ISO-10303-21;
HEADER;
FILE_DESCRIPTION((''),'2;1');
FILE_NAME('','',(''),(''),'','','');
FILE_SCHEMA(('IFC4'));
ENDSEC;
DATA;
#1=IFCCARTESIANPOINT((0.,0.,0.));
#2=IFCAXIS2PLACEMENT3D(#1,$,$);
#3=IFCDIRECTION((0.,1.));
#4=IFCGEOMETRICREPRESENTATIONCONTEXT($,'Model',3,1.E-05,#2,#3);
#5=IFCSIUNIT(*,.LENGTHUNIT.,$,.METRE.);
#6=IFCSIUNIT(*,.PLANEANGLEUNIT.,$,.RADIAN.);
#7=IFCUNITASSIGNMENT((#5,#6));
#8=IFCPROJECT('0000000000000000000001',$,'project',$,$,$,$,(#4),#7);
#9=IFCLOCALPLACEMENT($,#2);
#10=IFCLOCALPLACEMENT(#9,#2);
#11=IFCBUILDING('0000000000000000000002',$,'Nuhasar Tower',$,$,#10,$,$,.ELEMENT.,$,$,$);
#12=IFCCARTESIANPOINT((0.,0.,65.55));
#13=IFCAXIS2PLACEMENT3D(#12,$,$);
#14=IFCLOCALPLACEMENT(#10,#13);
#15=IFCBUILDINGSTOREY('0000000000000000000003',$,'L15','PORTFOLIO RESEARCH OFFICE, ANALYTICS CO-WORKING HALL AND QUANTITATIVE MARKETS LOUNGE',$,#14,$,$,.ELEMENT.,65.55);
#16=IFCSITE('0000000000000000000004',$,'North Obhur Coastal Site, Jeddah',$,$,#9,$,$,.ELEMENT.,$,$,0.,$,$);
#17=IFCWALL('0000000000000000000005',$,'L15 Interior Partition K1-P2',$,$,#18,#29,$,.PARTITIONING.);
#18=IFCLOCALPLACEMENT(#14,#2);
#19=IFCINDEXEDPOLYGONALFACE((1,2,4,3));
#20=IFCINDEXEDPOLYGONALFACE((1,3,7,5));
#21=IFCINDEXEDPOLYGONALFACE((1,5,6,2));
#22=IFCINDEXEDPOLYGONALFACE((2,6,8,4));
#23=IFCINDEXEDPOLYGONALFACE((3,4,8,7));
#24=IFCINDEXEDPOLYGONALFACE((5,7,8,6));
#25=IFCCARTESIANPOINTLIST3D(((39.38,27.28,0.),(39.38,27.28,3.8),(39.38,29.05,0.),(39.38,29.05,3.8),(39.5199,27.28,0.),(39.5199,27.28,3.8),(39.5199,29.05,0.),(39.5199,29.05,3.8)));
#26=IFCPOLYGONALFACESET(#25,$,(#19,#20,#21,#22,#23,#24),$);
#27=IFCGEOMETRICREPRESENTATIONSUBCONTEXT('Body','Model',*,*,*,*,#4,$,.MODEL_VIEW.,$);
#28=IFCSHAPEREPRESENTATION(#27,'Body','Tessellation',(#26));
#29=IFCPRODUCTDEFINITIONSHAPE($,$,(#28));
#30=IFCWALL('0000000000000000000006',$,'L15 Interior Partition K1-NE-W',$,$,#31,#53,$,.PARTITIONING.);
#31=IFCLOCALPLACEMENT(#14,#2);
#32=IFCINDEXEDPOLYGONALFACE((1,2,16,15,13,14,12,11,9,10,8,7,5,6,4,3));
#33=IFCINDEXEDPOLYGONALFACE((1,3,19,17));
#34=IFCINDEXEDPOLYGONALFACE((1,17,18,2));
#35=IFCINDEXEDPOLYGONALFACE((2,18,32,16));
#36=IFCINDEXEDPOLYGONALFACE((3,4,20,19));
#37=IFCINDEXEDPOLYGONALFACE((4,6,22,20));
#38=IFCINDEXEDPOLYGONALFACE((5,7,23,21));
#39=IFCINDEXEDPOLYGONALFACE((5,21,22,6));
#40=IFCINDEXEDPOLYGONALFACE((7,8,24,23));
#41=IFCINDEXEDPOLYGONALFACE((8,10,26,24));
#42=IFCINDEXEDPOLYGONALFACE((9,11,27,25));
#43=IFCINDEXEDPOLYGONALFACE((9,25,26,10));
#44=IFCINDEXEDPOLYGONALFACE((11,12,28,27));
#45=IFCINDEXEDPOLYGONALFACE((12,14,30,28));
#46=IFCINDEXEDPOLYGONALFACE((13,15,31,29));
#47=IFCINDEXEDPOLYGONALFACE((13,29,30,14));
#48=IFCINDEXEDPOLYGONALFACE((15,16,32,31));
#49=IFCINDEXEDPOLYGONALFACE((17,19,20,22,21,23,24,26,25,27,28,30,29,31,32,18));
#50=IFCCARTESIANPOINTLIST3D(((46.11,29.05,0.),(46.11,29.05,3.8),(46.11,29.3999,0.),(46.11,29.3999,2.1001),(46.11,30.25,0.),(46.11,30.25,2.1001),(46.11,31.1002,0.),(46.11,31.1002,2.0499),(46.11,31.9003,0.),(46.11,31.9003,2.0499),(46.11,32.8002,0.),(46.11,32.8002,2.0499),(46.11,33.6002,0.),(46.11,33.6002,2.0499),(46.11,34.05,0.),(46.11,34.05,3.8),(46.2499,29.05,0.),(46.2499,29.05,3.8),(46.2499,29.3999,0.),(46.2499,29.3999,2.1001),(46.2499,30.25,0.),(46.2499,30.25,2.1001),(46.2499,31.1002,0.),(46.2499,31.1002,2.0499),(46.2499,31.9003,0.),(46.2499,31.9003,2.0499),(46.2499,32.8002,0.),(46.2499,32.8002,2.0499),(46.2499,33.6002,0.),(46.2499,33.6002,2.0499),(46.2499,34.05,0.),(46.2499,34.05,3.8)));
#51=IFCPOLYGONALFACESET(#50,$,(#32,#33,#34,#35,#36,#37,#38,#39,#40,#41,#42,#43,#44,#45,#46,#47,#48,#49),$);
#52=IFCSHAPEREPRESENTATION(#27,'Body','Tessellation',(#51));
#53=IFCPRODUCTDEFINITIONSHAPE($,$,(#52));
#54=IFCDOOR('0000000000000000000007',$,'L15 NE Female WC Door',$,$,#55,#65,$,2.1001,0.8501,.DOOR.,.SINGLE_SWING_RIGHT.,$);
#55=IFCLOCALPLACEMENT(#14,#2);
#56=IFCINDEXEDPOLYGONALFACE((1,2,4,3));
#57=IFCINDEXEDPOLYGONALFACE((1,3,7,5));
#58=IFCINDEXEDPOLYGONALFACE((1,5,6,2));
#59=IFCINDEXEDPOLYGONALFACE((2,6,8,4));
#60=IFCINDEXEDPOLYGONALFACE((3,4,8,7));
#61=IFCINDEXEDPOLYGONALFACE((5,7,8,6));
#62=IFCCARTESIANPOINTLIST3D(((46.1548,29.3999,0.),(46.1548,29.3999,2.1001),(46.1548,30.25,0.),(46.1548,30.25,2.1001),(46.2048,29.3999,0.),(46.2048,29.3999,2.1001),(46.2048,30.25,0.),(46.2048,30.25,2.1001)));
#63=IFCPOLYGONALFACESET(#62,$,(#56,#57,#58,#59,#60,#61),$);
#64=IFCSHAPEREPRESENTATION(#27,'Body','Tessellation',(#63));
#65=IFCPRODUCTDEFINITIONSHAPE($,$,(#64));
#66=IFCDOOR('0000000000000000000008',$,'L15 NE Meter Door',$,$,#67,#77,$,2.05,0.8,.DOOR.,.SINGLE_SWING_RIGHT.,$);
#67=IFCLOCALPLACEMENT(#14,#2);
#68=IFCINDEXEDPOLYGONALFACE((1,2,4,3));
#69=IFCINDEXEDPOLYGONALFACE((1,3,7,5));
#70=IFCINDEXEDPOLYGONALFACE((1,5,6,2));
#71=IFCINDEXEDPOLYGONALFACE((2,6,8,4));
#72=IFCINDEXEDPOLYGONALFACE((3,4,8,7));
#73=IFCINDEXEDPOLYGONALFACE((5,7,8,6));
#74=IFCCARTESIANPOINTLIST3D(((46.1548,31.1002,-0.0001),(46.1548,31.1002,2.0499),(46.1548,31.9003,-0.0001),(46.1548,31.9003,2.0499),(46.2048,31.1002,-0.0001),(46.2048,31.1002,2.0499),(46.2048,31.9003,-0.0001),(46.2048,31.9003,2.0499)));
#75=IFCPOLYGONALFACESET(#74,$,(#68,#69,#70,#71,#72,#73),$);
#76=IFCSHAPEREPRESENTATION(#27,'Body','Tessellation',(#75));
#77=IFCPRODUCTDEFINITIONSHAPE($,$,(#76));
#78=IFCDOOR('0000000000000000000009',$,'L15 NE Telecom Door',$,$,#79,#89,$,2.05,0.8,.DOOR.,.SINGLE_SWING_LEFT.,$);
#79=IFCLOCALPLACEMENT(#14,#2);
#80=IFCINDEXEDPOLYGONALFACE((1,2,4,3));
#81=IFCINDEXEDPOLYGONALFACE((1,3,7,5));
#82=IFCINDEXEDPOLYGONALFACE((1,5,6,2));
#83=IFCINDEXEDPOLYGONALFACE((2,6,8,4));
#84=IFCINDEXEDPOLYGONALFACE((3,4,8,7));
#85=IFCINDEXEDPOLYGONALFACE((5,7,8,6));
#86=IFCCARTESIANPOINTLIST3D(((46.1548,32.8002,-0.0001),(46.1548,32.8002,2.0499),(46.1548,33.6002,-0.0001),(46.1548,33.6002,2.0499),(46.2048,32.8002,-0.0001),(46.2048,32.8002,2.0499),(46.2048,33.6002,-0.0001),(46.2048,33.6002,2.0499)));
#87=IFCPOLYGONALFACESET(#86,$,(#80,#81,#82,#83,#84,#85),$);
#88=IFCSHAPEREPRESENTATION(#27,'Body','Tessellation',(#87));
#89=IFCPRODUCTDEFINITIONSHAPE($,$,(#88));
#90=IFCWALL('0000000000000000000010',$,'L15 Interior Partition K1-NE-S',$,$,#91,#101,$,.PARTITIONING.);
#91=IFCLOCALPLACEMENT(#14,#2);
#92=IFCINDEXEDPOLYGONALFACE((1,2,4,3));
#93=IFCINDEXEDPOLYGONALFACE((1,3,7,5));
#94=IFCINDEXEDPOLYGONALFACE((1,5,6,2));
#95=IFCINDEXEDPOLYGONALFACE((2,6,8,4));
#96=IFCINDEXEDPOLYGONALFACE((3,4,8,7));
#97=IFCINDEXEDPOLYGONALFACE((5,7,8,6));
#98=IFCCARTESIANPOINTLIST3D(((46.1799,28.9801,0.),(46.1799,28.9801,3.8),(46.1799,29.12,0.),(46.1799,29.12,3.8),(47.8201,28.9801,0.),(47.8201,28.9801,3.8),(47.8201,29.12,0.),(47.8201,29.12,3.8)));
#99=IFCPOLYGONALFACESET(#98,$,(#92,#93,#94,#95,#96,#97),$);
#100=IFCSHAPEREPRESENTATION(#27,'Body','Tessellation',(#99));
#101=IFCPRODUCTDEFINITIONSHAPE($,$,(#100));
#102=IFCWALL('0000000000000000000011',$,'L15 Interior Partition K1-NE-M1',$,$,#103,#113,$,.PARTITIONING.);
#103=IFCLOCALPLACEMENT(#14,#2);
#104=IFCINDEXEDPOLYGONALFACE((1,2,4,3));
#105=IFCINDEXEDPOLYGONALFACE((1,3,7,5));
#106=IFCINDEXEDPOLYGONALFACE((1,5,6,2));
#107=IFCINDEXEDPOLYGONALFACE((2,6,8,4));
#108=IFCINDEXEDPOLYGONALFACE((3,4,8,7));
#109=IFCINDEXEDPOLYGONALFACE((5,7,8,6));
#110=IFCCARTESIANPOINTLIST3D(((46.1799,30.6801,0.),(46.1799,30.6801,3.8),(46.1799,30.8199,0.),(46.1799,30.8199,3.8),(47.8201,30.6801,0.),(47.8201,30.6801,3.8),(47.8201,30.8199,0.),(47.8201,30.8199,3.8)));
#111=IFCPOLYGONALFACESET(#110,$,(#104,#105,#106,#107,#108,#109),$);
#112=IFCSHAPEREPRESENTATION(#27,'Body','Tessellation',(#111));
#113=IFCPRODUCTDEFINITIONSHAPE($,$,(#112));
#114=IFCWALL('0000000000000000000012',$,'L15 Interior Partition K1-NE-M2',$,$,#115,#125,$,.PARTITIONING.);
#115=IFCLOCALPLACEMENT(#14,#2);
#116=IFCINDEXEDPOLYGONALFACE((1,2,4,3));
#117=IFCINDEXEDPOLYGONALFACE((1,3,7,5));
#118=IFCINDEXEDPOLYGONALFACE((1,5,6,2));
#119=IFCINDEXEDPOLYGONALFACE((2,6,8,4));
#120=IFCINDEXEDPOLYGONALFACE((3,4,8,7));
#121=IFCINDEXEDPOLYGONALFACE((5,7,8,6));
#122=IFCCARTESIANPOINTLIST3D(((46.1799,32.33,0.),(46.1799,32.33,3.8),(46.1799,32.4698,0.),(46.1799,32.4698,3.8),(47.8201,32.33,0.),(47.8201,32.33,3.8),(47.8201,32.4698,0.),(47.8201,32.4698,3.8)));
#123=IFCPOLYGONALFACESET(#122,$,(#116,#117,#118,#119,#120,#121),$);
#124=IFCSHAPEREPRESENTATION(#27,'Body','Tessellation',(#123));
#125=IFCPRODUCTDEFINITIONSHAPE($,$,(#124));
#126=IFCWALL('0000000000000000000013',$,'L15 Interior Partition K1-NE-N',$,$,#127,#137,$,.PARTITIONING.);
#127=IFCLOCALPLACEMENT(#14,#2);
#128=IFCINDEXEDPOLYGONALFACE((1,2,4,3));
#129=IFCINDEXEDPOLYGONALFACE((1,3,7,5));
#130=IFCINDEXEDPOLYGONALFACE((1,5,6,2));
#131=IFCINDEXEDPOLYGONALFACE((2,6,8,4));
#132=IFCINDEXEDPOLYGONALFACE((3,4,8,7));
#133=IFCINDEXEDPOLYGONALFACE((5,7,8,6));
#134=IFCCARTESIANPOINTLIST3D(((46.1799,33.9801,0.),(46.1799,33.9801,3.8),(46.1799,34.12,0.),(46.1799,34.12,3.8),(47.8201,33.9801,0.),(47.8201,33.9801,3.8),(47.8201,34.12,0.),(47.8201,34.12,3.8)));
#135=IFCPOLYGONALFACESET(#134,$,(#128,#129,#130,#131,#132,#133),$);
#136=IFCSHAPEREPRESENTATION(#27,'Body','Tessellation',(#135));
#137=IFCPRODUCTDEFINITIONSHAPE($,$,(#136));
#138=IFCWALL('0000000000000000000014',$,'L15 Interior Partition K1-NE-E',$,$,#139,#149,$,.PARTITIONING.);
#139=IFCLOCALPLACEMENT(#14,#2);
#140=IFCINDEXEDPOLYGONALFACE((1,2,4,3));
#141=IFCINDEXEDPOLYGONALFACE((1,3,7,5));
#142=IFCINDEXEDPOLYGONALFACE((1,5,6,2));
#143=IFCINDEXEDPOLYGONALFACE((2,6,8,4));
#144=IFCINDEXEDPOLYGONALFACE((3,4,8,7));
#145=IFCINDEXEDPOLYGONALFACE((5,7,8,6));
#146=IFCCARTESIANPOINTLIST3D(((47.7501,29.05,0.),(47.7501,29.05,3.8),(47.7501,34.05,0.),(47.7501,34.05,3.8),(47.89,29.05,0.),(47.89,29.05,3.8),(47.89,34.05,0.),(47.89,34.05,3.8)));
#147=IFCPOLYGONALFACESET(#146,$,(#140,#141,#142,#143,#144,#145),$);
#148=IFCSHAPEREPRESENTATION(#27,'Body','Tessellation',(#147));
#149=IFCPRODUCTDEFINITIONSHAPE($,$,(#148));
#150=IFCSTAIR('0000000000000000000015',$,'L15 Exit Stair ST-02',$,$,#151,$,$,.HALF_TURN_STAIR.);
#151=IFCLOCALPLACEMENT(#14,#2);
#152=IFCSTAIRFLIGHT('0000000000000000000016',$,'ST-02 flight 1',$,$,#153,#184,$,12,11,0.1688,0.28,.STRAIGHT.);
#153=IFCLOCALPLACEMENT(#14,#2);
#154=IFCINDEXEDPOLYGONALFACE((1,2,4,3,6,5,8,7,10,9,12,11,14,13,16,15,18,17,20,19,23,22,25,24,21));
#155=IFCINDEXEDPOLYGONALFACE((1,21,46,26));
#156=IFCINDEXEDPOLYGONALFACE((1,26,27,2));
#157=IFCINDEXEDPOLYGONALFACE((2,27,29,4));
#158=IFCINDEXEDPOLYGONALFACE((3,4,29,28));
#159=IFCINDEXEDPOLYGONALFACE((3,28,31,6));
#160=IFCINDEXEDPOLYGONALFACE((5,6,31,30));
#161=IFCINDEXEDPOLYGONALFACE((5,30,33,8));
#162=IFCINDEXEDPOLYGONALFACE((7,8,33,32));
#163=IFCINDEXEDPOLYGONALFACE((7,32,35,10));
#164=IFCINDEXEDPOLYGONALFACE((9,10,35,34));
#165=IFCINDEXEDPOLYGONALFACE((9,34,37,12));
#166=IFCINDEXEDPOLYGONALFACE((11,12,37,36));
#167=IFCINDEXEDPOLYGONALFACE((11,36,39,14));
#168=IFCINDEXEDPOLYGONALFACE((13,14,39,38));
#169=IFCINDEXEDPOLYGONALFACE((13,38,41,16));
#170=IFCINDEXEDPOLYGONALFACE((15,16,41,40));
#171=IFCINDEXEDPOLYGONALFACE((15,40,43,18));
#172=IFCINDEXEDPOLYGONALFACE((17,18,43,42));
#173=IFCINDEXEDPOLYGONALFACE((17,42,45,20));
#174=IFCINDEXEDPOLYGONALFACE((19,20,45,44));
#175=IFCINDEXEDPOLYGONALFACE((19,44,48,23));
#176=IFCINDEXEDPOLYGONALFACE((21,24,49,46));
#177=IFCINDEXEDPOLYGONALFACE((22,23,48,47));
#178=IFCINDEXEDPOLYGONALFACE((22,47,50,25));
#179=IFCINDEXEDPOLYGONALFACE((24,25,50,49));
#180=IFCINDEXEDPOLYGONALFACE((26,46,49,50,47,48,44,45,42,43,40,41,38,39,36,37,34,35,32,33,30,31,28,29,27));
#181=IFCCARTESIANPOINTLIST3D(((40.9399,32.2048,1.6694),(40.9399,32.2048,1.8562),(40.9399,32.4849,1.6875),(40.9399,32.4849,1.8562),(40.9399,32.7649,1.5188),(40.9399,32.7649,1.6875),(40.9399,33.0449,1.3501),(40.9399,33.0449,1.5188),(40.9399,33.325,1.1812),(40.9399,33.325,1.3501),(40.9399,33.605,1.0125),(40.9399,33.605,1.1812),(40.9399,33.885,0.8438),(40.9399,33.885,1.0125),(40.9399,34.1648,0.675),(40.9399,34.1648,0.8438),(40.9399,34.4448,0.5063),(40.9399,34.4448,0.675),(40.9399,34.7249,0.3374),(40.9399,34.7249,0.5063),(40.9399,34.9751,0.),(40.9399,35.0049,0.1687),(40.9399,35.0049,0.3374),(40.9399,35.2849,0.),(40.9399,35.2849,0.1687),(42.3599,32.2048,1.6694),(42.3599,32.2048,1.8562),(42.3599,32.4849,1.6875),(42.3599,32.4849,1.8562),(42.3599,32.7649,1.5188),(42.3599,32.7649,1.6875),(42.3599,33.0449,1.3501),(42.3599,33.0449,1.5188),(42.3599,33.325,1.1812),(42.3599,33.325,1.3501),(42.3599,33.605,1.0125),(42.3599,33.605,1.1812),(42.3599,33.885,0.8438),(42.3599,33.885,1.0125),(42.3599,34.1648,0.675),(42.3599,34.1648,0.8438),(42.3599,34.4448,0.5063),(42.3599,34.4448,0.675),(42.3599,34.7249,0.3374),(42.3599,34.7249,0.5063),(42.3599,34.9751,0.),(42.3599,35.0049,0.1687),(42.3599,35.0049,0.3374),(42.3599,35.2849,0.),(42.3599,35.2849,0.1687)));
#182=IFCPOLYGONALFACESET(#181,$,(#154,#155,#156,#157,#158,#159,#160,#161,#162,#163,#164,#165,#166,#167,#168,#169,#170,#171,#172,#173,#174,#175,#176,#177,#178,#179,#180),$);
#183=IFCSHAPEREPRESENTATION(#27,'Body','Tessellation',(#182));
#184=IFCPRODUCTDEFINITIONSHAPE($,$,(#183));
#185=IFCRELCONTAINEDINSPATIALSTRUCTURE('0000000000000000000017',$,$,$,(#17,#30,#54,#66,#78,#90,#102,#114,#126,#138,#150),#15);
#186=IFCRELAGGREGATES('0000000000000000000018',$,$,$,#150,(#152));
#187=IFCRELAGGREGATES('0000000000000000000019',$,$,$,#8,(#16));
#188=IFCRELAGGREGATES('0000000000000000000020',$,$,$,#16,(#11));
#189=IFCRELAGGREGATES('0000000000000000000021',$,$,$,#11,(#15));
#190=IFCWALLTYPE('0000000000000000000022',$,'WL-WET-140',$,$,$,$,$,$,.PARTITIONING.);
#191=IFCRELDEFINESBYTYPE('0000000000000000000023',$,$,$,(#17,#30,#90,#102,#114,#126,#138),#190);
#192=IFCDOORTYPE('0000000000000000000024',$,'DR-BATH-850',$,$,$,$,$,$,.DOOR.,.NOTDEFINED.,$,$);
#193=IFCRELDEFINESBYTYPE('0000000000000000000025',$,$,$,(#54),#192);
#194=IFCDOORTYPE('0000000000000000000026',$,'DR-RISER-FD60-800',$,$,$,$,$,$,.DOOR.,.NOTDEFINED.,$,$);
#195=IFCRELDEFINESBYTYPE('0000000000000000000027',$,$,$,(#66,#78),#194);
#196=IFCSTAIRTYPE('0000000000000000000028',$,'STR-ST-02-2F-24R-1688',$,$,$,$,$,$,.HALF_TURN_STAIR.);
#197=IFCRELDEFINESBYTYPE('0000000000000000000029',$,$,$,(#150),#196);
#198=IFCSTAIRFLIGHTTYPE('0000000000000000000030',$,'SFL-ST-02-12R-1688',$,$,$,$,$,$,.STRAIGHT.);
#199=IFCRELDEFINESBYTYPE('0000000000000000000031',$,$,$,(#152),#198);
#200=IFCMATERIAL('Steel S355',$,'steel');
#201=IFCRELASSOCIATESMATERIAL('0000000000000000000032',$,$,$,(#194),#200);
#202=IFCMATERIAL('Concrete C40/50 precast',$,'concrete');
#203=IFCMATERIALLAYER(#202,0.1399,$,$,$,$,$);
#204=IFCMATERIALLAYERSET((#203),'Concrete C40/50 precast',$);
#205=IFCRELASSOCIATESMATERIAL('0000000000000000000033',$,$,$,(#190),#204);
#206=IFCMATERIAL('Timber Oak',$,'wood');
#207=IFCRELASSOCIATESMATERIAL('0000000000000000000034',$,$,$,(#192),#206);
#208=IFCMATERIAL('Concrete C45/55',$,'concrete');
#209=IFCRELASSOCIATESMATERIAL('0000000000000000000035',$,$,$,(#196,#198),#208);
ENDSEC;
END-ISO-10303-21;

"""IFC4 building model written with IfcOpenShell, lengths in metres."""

from ifc_helpers import new_model, si_unit, direction, frame, frame_2d, origin, place, context, subcontext, project, spatial, polyline, rectangle, outline, extrude, material, layer, layer_set, type_object, element, fill, aggregate, save


model = new_model("IFC4")

# Units and contexts
model_context = context("Model", 3, precision=1e-05, world=origin(), true_north=direction((0.0, 1.0)))
body_context = subcontext(model_context, "Body", "Model", "MODEL_VIEW")
ifc_project = project(units=[si_unit("LENGTHUNIT", "METRE"), si_unit("PLANEANGLEUNIT", "RADIAN")], contexts=[model_context])

# Site, building, storey
site_placement = place(None, origin())
site = spatial("IfcSite", under=ifc_project, at=site_placement, Name="North Obhur Coastal Site, Jeddah", CompositionType="ELEMENT", RefElevation=0.0)
building_placement = place(site_placement, origin())
building = spatial("IfcBuilding", under=site, at=building_placement, Name="Nuhasar Tower", CompositionType="ELEMENT")
storey_placement = place(building_placement, frame((0.0, 0.0, 65.55)))
storey = spatial("IfcBuildingStorey", under=building, at=storey_placement, Name="L15", Description="PORTFOLIO RESEARCH OFFICE, ANALYTICS CO-WORKING HALL AND QUANTITATIVE MARKETS LOUNGE", CompositionType="ELEMENT", Elevation=65.55)

# Shared definitions
ifc_material_1 = material(Name="Steel S355", Category="steel")

# Shared definitions
ifc_material_2 = material(Name="Concrete C45/55", Category="concrete")

# Shared definitions
door_type_1 = type_object("IfcDoorType", Name="DR-RISER-FD60-800", OperationType="NOTDEFINED", PredefinedType="DOOR", material=ifc_material_1)

# Wall
ifc_material_3 = material(Name="Concrete C40/50 precast", Category="concrete")
ifc_layer_1 = layer(ifc_material_3, 0.1399)
ifc_layer_set_1 = layer_set([ifc_layer_1], Name="Concrete C40/50 precast")
wall_type_1 = type_object("IfcWallType", Name="WL-WET-140", PredefinedType="PARTITIONING", material=ifc_layer_set_1)
wall_1_placement = place(storey_placement, frame((39.45, 27.28, 0.0), z_axis=(0.0, 0.0, 1.0), x_axis=(0.0, 1.0, 0.0)))
element("IfcWall", 1, at=wall_1_placement, inside=storey, type_object=wall_type_1, Name="L15 Interior Partition K1-P2", PredefinedType="PARTITIONING", context=body_context, shape_type="SweptSolid", body=[
    extrude(rectangle(XDim=1.77, YDim=0.1399, at=frame_2d((0.885, 0.0))), origin(), (0.0, 0.0, 1.0), 3.8),
])

# Wall, openings, doors
wall_2_placement = place(storey_placement, frame((46.1799, 34.05, 0.0), z_axis=(0.0, 0.0, 1.0), x_axis=(0.0, -1.0, 0.0)))
wall_2 = element("IfcWall", 2, at=wall_2_placement, inside=storey, type_object=wall_type_1, Name="L15 Interior Partition K1-NE-W", PredefinedType="PARTITIONING", context=body_context, shape_type="SweptSolid", body=[
    extrude(rectangle(XDim=5.0, YDim=0.1399, at=frame_2d((2.5, 0.0))), origin(), (0.0, 0.0, 1.0), 3.8),
])
opening_1_placement = place(wall_2_placement, frame((3.8, 0.0, 0.0)))
opening_1 = element("IfcOpeningElement", 3, at=opening_1_placement, cuts=wall_2, PredefinedType="OPENING", context=body_context, shape_type="SweptSolid", body=[
    extrude(rectangle(XDim=0.8501, YDim=2.1001, at=frame_2d((0.425, 1.05))), frame((0.0, 0.0801, 0.0), z_axis=(0.0, -1.0, 0.0), x_axis=(1.0, 0.0, 0.0)), (0.0, 0.0, 1.0), 0.1599),
])
opening_2_placement = place(wall_2_placement, frame((2.1499, 0.0, 0.0)))
opening_2 = element("IfcOpeningElement", 4, at=opening_2_placement, cuts=wall_2, PredefinedType="OPENING", context=body_context, shape_type="SweptSolid", body=[
    extrude(rectangle(XDim=0.8, YDim=2.05, at=frame_2d((0.3999, 1.0249))), frame((0.0, 0.0801, 0.0), z_axis=(0.0, -1.0, 0.0), x_axis=(1.0, 0.0, 0.0)), (0.0, 0.0, 1.0), 0.1599),
])
opening_3_placement = place(wall_2_placement, frame((0.45, 0.0, 0.0)))
opening_3 = element("IfcOpeningElement", 5, at=opening_3_placement, cuts=wall_2, PredefinedType="OPENING", context=body_context, shape_type="SweptSolid", body=[
    extrude(rectangle(XDim=0.8, YDim=2.05, at=frame_2d((0.3999, 1.0249))), frame((0.0, 0.0801, 0.0), z_axis=(0.0, -1.0, 0.0), x_axis=(1.0, 0.0, 0.0)), (0.0, 0.0, 1.0), 0.1599),
])
ifc_material_4 = material(Name="Timber Oak", Category="wood")
door_type_2 = type_object("IfcDoorType", Name="DR-BATH-850", OperationType="NOTDEFINED", PredefinedType="DOOR", material=ifc_material_4)
door_1_placement = place(opening_1_placement, origin())
door_1 = element("IfcDoor", 6, at=door_1_placement, inside=storey, type_object=door_type_2, Name="L15 NE Female WC Door", OperationType="SINGLE_SWING_RIGHT", OverallHeight=2.1001, OverallWidth=0.8501, PredefinedType="DOOR", context=body_context, shape_type="SweptSolid", body=[
    extrude(rectangle(XDim=0.8501, YDim=2.1001, at=frame_2d((0.425, 1.05))), frame((0.0, 0.0249, 0.0), z_axis=(0.0, -1.0, 0.0), x_axis=(1.0, 0.0, 0.0)), (0.0, 0.0, 1.0), 0.05),
])
fill(opening_1, door_1)
door_2_placement = place(opening_2_placement, origin())
door_2 = element("IfcDoor", 7, at=door_2_placement, inside=storey, type_object=door_type_1, Name="L15 NE Meter Door", OperationType="SINGLE_SWING_RIGHT", OverallHeight=2.05, OverallWidth=0.8, PredefinedType="DOOR", context=body_context, shape_type="SweptSolid", body=[
    extrude(rectangle(XDim=0.8, YDim=2.05, at=frame_2d((0.3999, 1.0249))), frame((0.0, 0.0249, 0.0), z_axis=(0.0, -1.0, 0.0), x_axis=(1.0, 0.0, 0.0)), (0.0, 0.0, 1.0), 0.05),
])
fill(opening_2, door_2)
door_3_placement = place(opening_3_placement, origin())
door_3 = element("IfcDoor", 8, at=door_3_placement, inside=storey, type_object=door_type_1, Name="L15 NE Telecom Door", OperationType="SINGLE_SWING_LEFT", OverallHeight=2.05, OverallWidth=0.8, PredefinedType="DOOR", context=body_context, shape_type="SweptSolid", body=[
    extrude(rectangle(XDim=0.8, YDim=2.05, at=frame_2d((0.3999, 1.0249))), frame((0.0, 0.0249, 0.0), z_axis=(0.0, -1.0, 0.0), x_axis=(1.0, 0.0, 0.0)), (0.0, 0.0, 1.0), 0.05),
])
fill(opening_3, door_3)

# Walls
for number, where, z_axis, x_axis, name in (
    (9, (46.1799, 29.05, 0.0), (0.0, 0.0, 1.0), (1.0, 0.0, 0.0), "L15 Interior Partition K1-NE-S"),
    (10, (46.1799, 30.75, 0.0), (0.0, 0.0, 1.0), (1.0, 0.0, 0.0), "L15 Interior Partition K1-NE-M1"),
    (11, (46.1799, 32.3999, 0.0), (0.0, 0.0, 1.0), (1.0, 0.0, 0.0), "L15 Interior Partition K1-NE-M2"),
    (12, (46.1799, 34.05, 0.0), (0.0, 0.0, 1.0), (1.0, 0.0, 0.0), "L15 Interior Partition K1-NE-N"),
):
    element("IfcWall", number, at=place(storey_placement, frame(where, z_axis=z_axis, x_axis=x_axis)), inside=storey, type_object=wall_type_1, Name=name, PredefinedType="PARTITIONING", context=body_context, shape_type="SweptSolid", body=[
        extrude(rectangle(XDim=1.6401, YDim=0.1399, at=frame_2d((0.8201, 0.0))), origin(), (0.0, 0.0, 1.0), 3.8),
    ])
wall_3_placement = place(storey_placement, frame((47.8201, 29.05, 0.0), z_axis=(0.0, 0.0, 1.0), x_axis=(0.0, 1.0, 0.0)))
element("IfcWall", 13, at=wall_3_placement, inside=storey, type_object=wall_type_1, Name="L15 Interior Partition K1-NE-E", PredefinedType="PARTITIONING", context=body_context, shape_type="SweptSolid", body=[
    extrude(rectangle(XDim=5.0, YDim=0.1399, at=frame_2d((2.5, 0.0))), origin(), (0.0, 0.0, 1.0), 3.8),
])

# Stair, stair flight
stair_type_1 = type_object("IfcStairType", Name="STR-ST-02-2F-24R-1688", PredefinedType="HALF_TURN_STAIR", material=ifc_material_2)
stair_1_placement = place(storey_placement, origin())
stair_1 = element("IfcStair", 14, at=stair_1_placement, inside=storey, type_object=stair_type_1, Name="L15 Exit Stair ST-02", PredefinedType="HALF_TURN_STAIR")
stair_flight_type_1 = type_object("IfcStairFlightType", Name="SFL-ST-02-12R-1688", PredefinedType="STRAIGHT", material=ifc_material_2)
stair_flight_1_placement = place(storey_placement, frame((41.6499, 35.2849, 0.0), z_axis=(0.0, 0.0, 1.0), x_axis=(0.0, -1.0, 0.0)))
stair_flight_1 = element("IfcStairFlight", 15, at=stair_flight_1_placement, type_object=stair_flight_type_1, Name="ST-02 flight 1", NumberOfRisers=12, NumberOfTreads=11, PredefinedType="STRAIGHT", RiserHeight=0.1688, TreadLength=0.28, context=body_context, shape_type="SweptSolid", body=[
    extrude(outline(polyline([(0.0, 0.0), (0.0, 0.1687), (0.28, 0.1687), (0.28, 0.3374), (0.5601, 0.3374), (0.5601, 0.5063), (0.8401, 0.5063), (0.8401, 0.675), (1.1201, 0.675), (1.1201, 0.8438), (1.3999, 0.8438), (1.3999, 1.0125), (1.6799, 1.0125), (1.6799, 1.1812), (1.96, 1.1812), (1.96, 1.3501), (2.24, 1.3501), (2.24, 1.5188), (2.52, 1.5188), (2.52, 1.6875), (2.8, 1.6875), (2.8, 1.8562), (3.0801, 1.8562), (3.0801, 2.0249), (3.0801, 1.6694), (0.3098, 0.0), (0.0, 0.0)])), frame((0.0, 0.71, 0.0), z_axis=(0.0, -1.0, 0.0), x_axis=(1.0, 0.0, 0.0)), (0.0, 0.0, 1.0), 1.4199),
])
aggregate(stair_1, [stair_flight_1])

save(model, "model.ifc")
